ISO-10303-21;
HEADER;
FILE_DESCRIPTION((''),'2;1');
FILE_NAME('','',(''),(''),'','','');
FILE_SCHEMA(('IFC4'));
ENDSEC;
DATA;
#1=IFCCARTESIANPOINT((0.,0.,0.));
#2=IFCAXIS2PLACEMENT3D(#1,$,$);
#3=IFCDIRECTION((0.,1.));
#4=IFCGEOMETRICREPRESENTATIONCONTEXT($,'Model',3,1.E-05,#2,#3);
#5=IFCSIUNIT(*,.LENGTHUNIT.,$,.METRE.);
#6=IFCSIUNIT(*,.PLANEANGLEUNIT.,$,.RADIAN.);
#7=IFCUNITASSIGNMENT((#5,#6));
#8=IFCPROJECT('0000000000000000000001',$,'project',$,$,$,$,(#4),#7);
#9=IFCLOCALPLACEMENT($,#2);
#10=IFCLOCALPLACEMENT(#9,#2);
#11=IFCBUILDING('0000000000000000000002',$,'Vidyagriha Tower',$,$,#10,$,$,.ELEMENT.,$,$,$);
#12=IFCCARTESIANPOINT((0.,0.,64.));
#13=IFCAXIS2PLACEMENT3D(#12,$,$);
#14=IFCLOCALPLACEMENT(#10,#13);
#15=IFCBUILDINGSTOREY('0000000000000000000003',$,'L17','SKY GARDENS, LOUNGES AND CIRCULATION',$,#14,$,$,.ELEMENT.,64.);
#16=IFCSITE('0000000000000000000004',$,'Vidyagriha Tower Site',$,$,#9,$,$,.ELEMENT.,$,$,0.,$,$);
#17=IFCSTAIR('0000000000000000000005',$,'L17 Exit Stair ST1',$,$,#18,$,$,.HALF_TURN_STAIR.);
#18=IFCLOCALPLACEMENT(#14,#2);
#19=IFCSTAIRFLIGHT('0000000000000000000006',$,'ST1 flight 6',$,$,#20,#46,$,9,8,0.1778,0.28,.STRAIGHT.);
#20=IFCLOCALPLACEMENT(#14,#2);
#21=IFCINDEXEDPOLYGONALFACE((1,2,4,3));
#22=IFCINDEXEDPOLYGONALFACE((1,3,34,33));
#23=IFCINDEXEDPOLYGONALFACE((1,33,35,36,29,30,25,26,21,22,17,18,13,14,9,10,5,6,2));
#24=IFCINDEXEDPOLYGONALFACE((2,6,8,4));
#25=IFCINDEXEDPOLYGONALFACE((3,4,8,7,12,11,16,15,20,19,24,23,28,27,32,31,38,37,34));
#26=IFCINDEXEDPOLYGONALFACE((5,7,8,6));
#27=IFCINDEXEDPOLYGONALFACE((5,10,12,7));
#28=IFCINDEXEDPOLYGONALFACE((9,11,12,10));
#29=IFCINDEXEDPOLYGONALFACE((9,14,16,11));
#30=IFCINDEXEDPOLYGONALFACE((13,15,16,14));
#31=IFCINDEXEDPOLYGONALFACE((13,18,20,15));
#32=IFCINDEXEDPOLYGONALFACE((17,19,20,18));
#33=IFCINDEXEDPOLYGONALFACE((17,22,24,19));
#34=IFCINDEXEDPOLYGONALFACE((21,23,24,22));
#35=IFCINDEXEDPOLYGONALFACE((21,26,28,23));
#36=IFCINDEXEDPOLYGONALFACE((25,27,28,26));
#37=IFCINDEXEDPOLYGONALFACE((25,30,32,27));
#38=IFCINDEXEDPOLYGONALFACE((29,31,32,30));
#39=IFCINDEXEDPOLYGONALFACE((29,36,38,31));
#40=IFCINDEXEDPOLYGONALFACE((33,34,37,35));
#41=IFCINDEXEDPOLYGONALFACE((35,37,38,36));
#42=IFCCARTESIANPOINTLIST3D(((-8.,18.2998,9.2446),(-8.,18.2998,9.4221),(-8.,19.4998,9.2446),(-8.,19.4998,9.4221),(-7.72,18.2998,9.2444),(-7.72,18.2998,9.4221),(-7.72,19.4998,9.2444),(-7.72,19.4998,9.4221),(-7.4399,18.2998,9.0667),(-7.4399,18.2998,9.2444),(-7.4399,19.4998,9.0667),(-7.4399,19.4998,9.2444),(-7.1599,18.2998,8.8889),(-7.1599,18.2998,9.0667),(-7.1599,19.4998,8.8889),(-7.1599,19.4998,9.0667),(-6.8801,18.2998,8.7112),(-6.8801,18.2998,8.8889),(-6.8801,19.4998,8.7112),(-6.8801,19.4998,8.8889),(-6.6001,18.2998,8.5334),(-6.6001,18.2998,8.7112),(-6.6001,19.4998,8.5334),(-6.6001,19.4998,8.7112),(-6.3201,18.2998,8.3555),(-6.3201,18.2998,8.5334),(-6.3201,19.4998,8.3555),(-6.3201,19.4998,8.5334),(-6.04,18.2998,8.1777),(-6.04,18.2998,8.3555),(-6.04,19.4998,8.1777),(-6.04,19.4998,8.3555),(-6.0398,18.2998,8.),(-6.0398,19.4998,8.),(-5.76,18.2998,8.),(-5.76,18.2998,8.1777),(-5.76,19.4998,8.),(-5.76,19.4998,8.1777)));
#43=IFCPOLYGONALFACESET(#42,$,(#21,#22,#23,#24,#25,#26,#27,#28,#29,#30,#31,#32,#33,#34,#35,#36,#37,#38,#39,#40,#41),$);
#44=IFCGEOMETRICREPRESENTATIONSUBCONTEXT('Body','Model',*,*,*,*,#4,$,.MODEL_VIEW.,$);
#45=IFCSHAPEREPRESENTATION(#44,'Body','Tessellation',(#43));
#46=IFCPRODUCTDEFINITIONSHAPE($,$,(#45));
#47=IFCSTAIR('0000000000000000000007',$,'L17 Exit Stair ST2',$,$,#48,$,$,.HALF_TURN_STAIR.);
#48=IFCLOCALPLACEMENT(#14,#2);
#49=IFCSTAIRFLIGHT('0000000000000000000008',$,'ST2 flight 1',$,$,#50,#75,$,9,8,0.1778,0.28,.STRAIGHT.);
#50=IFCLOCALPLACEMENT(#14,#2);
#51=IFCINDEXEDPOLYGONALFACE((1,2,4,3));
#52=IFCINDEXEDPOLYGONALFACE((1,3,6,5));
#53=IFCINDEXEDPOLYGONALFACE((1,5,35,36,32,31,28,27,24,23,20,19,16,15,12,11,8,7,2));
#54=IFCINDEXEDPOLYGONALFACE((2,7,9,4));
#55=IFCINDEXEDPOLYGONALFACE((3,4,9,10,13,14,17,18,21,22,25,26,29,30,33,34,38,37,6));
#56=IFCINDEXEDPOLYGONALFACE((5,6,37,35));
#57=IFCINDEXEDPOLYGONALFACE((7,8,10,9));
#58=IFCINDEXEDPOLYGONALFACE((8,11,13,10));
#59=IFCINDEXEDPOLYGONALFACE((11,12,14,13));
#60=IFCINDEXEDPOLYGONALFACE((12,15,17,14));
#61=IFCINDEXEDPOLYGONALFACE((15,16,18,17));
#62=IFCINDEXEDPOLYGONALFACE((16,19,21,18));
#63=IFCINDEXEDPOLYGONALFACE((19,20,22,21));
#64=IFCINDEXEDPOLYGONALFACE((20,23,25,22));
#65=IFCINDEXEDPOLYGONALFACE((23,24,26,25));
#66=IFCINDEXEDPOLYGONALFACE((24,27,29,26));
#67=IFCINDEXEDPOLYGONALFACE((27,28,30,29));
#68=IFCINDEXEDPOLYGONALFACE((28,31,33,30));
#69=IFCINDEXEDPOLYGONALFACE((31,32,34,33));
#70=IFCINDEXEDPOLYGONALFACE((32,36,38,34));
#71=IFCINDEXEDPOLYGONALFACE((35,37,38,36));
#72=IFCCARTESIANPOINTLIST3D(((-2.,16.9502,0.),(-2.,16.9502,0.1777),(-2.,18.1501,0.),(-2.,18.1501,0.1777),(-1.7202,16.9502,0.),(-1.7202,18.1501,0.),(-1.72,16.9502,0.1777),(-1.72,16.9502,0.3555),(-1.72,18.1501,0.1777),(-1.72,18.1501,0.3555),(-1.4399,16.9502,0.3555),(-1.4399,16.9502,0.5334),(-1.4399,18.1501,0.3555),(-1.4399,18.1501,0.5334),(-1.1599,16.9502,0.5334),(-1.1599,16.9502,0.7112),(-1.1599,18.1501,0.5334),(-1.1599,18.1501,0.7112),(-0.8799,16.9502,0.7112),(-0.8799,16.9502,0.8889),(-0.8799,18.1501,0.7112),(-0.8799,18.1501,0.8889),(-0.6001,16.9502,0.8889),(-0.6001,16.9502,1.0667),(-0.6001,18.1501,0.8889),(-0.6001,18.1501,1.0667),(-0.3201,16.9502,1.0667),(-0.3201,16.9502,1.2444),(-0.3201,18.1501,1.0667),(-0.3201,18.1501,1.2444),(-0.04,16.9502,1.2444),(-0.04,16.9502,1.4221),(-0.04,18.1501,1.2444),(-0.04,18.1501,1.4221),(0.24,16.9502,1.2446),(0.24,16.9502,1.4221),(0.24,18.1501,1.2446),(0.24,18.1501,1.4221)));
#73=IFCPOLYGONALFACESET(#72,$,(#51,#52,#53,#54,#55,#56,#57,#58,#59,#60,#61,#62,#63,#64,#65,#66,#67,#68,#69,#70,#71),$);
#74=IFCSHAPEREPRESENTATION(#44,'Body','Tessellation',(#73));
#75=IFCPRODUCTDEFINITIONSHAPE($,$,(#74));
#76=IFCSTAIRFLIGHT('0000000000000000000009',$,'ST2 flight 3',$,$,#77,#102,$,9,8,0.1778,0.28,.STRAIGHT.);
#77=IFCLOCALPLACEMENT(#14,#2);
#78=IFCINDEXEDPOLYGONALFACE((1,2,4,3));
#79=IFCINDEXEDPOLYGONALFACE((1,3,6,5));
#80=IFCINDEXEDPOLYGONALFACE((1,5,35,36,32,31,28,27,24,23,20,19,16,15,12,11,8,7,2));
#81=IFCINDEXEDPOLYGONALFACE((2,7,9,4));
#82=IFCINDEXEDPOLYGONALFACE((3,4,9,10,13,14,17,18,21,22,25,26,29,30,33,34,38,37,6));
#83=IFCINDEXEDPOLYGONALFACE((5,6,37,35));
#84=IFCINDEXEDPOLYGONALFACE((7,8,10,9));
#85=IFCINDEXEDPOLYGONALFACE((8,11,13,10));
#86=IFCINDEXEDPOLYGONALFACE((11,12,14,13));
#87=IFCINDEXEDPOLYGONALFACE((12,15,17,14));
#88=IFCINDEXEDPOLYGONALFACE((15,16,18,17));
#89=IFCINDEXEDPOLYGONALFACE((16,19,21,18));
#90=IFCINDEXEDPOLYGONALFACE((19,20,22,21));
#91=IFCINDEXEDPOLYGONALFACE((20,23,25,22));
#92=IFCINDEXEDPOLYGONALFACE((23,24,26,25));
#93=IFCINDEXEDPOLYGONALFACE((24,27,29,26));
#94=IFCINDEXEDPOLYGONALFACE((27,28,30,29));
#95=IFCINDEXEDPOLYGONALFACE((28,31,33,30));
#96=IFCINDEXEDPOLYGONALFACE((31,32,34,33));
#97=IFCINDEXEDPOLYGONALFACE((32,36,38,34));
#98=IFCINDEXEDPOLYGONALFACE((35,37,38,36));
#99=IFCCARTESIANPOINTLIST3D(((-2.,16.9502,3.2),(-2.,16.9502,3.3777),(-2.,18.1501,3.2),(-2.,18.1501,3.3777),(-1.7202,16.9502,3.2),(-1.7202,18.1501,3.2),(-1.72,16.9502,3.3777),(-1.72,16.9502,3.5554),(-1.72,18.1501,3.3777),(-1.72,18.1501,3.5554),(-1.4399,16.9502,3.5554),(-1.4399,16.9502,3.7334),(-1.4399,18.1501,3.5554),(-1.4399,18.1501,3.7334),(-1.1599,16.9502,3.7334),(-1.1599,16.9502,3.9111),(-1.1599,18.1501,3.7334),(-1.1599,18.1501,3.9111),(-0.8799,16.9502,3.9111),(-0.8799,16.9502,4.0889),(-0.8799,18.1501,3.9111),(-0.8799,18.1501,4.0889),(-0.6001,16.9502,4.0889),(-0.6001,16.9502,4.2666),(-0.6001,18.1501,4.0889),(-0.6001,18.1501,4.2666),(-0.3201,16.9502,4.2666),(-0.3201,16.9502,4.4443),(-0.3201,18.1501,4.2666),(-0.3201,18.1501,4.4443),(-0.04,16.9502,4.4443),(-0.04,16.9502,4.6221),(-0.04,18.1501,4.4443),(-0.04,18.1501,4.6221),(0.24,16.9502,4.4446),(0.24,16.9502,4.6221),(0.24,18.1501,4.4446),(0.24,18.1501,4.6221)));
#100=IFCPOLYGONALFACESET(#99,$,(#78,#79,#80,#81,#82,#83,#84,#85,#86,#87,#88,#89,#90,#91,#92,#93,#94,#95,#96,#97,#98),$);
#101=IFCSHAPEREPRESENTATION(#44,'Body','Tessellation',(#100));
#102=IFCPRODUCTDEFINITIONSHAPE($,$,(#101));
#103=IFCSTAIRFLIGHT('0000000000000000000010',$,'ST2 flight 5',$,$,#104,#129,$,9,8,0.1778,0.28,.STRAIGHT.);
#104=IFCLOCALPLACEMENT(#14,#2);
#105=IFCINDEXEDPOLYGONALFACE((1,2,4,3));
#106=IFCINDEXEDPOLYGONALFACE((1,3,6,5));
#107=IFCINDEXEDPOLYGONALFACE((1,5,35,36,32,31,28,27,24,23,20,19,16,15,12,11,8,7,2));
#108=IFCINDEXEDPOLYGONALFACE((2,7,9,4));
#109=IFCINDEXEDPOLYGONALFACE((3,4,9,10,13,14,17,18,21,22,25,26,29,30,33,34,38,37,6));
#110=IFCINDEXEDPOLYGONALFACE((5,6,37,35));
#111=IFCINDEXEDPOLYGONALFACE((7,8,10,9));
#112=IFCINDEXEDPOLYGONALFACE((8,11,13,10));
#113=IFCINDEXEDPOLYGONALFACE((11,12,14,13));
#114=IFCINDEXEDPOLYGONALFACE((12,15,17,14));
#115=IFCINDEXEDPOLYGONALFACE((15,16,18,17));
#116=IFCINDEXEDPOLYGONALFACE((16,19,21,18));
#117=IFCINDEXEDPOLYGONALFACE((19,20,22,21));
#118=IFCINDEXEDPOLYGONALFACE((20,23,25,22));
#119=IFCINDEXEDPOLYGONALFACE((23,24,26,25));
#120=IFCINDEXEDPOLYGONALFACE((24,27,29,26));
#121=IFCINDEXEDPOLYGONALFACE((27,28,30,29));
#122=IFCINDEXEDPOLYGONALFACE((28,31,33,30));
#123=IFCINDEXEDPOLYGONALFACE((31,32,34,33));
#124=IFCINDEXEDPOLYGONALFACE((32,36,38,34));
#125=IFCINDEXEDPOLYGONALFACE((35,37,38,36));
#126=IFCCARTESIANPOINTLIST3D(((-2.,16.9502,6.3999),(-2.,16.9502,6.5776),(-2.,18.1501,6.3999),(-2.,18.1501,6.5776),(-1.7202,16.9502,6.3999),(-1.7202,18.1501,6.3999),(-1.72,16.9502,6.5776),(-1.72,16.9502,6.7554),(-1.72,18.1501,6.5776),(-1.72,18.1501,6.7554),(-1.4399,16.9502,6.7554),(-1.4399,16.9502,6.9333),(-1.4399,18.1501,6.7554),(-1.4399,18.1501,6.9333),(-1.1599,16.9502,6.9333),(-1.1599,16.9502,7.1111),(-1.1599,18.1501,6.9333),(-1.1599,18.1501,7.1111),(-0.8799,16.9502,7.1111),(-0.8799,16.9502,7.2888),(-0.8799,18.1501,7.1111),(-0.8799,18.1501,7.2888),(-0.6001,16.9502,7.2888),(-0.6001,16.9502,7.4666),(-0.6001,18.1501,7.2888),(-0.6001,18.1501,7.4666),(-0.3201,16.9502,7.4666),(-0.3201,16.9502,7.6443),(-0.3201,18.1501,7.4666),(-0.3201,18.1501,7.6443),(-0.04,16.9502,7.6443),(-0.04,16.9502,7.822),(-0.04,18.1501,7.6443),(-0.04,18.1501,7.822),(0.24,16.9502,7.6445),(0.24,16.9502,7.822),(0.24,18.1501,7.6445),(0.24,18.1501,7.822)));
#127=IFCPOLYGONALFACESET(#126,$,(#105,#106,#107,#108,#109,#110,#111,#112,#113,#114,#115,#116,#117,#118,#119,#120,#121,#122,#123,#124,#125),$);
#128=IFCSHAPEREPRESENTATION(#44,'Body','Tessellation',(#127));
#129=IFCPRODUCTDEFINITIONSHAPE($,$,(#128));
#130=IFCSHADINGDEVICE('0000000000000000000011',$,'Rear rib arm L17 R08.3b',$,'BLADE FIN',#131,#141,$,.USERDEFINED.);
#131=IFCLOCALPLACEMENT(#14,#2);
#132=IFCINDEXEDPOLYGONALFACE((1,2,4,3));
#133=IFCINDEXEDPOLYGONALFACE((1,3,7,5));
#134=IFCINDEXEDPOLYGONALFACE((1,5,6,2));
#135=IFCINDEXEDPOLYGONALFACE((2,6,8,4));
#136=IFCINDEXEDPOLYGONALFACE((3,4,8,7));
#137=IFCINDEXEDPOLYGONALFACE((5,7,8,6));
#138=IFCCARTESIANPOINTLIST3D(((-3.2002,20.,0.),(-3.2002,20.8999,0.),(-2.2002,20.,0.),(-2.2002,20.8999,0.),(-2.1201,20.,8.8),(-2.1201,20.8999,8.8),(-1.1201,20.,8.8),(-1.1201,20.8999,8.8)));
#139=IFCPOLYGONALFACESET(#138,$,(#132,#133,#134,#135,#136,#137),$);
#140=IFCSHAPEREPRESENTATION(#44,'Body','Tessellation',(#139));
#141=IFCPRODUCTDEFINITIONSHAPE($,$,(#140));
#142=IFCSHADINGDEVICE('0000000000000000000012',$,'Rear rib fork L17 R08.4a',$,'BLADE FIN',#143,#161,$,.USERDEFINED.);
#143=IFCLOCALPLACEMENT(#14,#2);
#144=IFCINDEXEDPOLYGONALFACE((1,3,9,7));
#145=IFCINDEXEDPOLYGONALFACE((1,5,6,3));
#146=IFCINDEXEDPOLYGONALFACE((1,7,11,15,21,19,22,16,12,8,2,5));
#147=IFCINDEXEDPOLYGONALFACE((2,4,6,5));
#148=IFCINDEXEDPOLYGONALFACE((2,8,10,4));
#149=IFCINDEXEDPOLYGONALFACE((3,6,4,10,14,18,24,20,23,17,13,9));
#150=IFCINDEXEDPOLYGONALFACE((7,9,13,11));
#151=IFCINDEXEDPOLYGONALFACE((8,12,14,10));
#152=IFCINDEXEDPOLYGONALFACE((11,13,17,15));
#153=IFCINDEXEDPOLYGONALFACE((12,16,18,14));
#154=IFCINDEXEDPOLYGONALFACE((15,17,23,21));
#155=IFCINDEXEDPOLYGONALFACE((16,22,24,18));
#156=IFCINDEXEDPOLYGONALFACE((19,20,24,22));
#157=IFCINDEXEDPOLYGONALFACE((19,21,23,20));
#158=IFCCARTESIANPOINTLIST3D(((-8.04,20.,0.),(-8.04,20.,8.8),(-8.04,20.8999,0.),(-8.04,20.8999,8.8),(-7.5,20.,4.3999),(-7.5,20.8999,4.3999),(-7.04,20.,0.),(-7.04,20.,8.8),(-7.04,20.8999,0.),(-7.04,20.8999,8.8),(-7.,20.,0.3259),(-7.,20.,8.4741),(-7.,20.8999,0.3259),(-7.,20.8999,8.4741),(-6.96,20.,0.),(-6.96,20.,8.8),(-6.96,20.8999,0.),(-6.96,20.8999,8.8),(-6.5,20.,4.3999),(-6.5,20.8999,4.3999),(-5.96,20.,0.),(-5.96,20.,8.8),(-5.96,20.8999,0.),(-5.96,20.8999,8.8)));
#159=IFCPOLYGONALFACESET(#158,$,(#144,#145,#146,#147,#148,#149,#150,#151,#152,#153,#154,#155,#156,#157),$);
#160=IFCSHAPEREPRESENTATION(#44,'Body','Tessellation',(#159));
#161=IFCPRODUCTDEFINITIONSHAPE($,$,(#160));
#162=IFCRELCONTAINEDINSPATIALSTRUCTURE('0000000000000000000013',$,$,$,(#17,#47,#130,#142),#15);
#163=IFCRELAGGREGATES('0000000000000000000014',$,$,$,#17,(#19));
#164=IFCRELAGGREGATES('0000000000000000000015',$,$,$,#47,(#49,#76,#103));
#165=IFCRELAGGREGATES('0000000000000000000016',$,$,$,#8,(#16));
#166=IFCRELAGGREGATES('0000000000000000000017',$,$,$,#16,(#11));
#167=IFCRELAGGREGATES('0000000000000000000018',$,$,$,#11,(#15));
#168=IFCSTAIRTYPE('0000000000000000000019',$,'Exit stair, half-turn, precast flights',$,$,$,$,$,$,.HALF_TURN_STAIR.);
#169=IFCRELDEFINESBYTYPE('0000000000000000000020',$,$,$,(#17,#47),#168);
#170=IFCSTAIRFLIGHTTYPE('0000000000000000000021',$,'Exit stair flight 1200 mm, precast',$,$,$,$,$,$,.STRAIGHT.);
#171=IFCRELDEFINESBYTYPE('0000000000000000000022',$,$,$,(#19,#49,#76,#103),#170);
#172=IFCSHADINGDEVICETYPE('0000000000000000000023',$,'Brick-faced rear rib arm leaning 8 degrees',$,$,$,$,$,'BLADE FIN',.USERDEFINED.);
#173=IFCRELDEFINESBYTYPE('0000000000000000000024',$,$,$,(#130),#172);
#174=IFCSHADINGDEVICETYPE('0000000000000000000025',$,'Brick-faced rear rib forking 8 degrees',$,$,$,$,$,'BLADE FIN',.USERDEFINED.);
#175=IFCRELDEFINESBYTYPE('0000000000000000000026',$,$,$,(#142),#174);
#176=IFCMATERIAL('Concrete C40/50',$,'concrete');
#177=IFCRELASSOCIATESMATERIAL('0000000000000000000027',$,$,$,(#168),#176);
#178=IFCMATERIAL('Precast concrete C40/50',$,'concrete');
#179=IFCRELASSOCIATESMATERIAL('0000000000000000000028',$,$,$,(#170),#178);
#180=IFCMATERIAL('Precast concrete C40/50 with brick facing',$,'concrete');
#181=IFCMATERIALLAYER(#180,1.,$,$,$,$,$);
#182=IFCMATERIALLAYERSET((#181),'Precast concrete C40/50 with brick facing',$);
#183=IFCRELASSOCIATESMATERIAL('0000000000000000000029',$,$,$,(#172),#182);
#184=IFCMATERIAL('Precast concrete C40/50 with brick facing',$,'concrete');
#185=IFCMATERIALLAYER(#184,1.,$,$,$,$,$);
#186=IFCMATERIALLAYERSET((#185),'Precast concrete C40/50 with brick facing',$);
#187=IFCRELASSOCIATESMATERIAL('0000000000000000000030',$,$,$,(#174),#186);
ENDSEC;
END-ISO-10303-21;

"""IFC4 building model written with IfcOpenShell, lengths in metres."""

from ifc_helpers import new_model, si_unit, direction, frame, origin, place, context, subcontext, project, spatial, polyline, outline, extrude, material, layer, layer_set, type_object, element, aggregate, save


model = new_model("IFC4")

# Units and contexts
model_context = context("Model", 3, precision=1e-05, world=origin(), true_north=direction((0.0, 1.0)))
body_context = subcontext(model_context, "Body", "Model", "MODEL_VIEW")
ifc_project = project(units=[si_unit("LENGTHUNIT", "METRE"), si_unit("PLANEANGLEUNIT", "RADIAN")], contexts=[model_context])

# Site, building, storey
site_placement = place(None, origin())
site = spatial("IfcSite", under=ifc_project, at=site_placement, Name="Vidyagriha Tower Site", CompositionType="ELEMENT", RefElevation=0.0)
building_placement = place(site_placement, origin())
building = spatial("IfcBuilding", under=site, at=building_placement, Name="Vidyagriha Tower", CompositionType="ELEMENT")
storey_placement = place(building_placement, frame((0.0, 0.0, 64.0)))
storey = spatial("IfcBuildingStorey", under=building, at=storey_placement, Name="L17", Description="SKY GARDENS, LOUNGES AND CIRCULATION", CompositionType="ELEMENT", Elevation=64.0)

# Stairs, stair flights
ifc_material_1 = material(Name="Concrete C40/50", Category="concrete")
stair_type = type_object("IfcStairType", Name="Exit stair, half-turn, precast flights", PredefinedType="HALF_TURN_STAIR", material=ifc_material_1)
stair_1_placement = place(storey_placement, origin())
stair_1 = element("IfcStair", 1, at=stair_1_placement, inside=storey, type_object=stair_type, Name="L17 Exit Stair ST1", PredefinedType="HALF_TURN_STAIR")
ifc_material_2 = material(Name="Precast concrete C40/50", Category="concrete")
stair_flight_type = type_object("IfcStairFlightType", Name="Exit stair flight 1200 mm, precast", PredefinedType="STRAIGHT", material=ifc_material_2)
stair_flight_1_placement = place(storey_placement, frame((-5.76, 18.8999, 8.0), z_axis=(0.0, 0.0, 1.0), x_axis=(-1.0, 0.0, 0.0)))
stair_flight_1 = element("IfcStairFlight", 2, at=stair_flight_1_placement, type_object=stair_flight_type, Name="ST1 flight 6", NumberOfRisers=9, NumberOfTreads=8, PredefinedType="STRAIGHT", RiserHeight=0.1778, TreadLength=0.28, context=body_context, shape_type="SweptSolid", body=[
    extrude(outline(polyline([(0.0, 0.0), (0.0, 0.1777), (0.28, 0.1777), (0.28, 0.3555), (0.5601, 0.3555), (0.5601, 0.5334), (0.8401, 0.5334), (0.8401, 0.7112), (1.1201, 0.7112), (1.1201, 0.8889), (1.3999, 0.8889), (1.3999, 1.0667), (1.6799, 1.0667), (1.6799, 1.2444), (1.96, 1.2444), (1.96, 1.4221), (2.24, 1.4221), (2.24, 1.6001), (2.24, 1.2446), (0.2798, 0.0), (0.0, 0.0)])), frame((0.0, 0.6001, 0.0), z_axis=(0.0, -1.0, 0.0), x_axis=(1.0, 0.0, 0.0)), (0.0, 0.0, 1.0), 1.2),
])
aggregate(stair_1, [stair_flight_1])
stair_2_placement = place(storey_placement, origin())
stair_2 = element("IfcStair", 3, at=stair_2_placement, inside=storey, type_object=stair_type, Name="L17 Exit Stair ST2", PredefinedType="HALF_TURN_STAIR")
stair_flight_2_placement = place(storey_placement, frame((-2.0, 17.55, 0.0)))
stair_flight_2 = element("IfcStairFlight", 4, at=stair_flight_2_placement, type_object=stair_flight_type, Name="ST2 flight 1", NumberOfRisers=9, NumberOfTreads=8, PredefinedType="STRAIGHT", RiserHeight=0.1778, TreadLength=0.28, context=body_context, shape_type="SweptSolid", body=[
    extrude(outline(polyline([(0.0, 0.0), (0.0, 0.1777), (0.28, 0.1777), (0.28, 0.3555), (0.5601, 0.3555), (0.5601, 0.5334), (0.8401, 0.5334), (0.8401, 0.7112), (1.1201, 0.7112), (1.1201, 0.8889), (1.3999, 0.8889), (1.3999, 1.0667), (1.6799, 1.0667), (1.6799, 1.2444), (1.96, 1.2444), (1.96, 1.4221), (2.24, 1.4221), (2.24, 1.6001), (2.24, 1.2446), (0.2798, 0.0), (0.0, 0.0)])), frame((0.0, 0.6001, 0.0), z_axis=(0.0, -1.0, 0.0), x_axis=(1.0, 0.0, 0.0)), (0.0, 0.0, 1.0), 1.2),
])
stair_flight_3_placement = place(storey_placement, frame((-2.0, 17.55, 3.2)))
stair_flight_3 = element("IfcStairFlight", 5, at=stair_flight_3_placement, type_object=stair_flight_type, Name="ST2 flight 3", NumberOfRisers=9, NumberOfTreads=8, PredefinedType="STRAIGHT", RiserHeight=0.1778, TreadLength=0.28, context=body_context, shape_type="SweptSolid", body=[
    extrude(outline(polyline([(0.0, 0.0), (0.0, 0.1777), (0.28, 0.1777), (0.28, 0.3555), (0.5601, 0.3555), (0.5601, 0.5334), (0.8401, 0.5334), (0.8401, 0.7112), (1.1201, 0.7112), (1.1201, 0.8889), (1.3999, 0.8889), (1.3999, 1.0667), (1.6799, 1.0667), (1.6799, 1.2444), (1.96, 1.2444), (1.96, 1.4221), (2.24, 1.4221), (2.24, 1.6001), (2.24, 1.2446), (0.2798, 0.0), (0.0, 0.0)])), frame((0.0, 0.6001, 0.0), z_axis=(0.0, -1.0, 0.0), x_axis=(1.0, 0.0, 0.0)), (0.0, 0.0, 1.0), 1.2),
])
stair_flight_4_placement = place(storey_placement, frame((-2.0, 17.55, 6.3999)))
stair_flight_4 = element("IfcStairFlight", 6, at=stair_flight_4_placement, type_object=stair_flight_type, Name="ST2 flight 5", NumberOfRisers=9, NumberOfTreads=8, PredefinedType="STRAIGHT", RiserHeight=0.1778, TreadLength=0.28, context=body_context, shape_type="SweptSolid", body=[
    extrude(outline(polyline([(0.0, 0.0), (0.0, 0.1777), (0.28, 0.1777), (0.28, 0.3555), (0.5601, 0.3555), (0.5601, 0.5334), (0.8401, 0.5334), (0.8401, 0.7112), (1.1201, 0.7112), (1.1201, 0.8889), (1.3999, 0.8889), (1.3999, 1.0667), (1.6799, 1.0667), (1.6799, 1.2444), (1.96, 1.2444), (1.96, 1.4221), (2.24, 1.4221), (2.24, 1.6001), (2.24, 1.2446), (0.2798, 0.0), (0.0, 0.0)])), frame((0.0, 0.6001, 0.0), z_axis=(0.0, -1.0, 0.0), x_axis=(1.0, 0.0, 0.0)), (0.0, 0.0, 1.0), 1.2),
])
aggregate(stair_2, [stair_flight_2, stair_flight_3, stair_flight_4])

# Shading devices
ifc_material_3 = material(Name="Precast concrete C40/50 with brick facing", Category="concrete")
ifc_layer_1 = layer(ifc_material_3, 1.0)
ifc_layer_set_1 = layer_set([ifc_layer_1], Name="Precast concrete C40/50 with brick facing")
shading_device_type_1 = type_object("IfcShadingDeviceType", Name="Brick-faced rear rib arm leaning 8 degrees", ElementType="BLADE FIN", PredefinedType="USERDEFINED", material=ifc_layer_set_1)
shading_device_1_placement = place(storey_placement, frame((-1.1201, 20.45, 0.0), z_axis=(0.0, 0.0, 1.0), x_axis=(-1.0, 0.0, 0.0)))
element("IfcShadingDevice", 7, at=shading_device_1_placement, inside=storey, type_object=shading_device_type_1, Name="Rear rib arm L17 R08.3b", ObjectType="BLADE FIN", PredefinedType="USERDEFINED", context=body_context, shape_type="SweptSolid", body=[
    extrude(outline(polyline([(1.0801, 0.0), (2.0801, 0.0), (1.0, 8.8), (0.0, 8.8), (1.0801, 0.0)])), frame((0.0, 0.45, 0.0), z_axis=(0.0, -1.0, 0.0), x_axis=(1.0, 0.0, 0.0)), (0.0, 0.0, 1.0), 0.8999),
])
ifc_material_4 = material(Name="Precast concrete C40/50 with brick facing", Category="concrete")
ifc_layer_2 = layer(ifc_material_4, 1.0)
ifc_layer_set_2 = layer_set([ifc_layer_2], Name="Precast concrete C40/50 with brick facing")
shading_device_type_2 = type_object("IfcShadingDeviceType", Name="Brick-faced rear rib forking 8 degrees", ElementType="BLADE FIN", PredefinedType="USERDEFINED", material=ifc_layer_set_2)
shading_device_2_placement = place(storey_placement, frame((-5.96, 20.45, 0.0), z_axis=(0.0, 0.0, 1.0), x_axis=(-1.0, 0.0, 0.0)))
element("IfcShadingDevice", 8, at=shading_device_2_placement, inside=storey, type_object=shading_device_type_2, Name="Rear rib fork L17 R08.4a", ObjectType="BLADE FIN", PredefinedType="USERDEFINED", context=body_context, shape_type="SweptSolid", body=[
    extrude(outline(polyline([(1.0, 0.0), (1.04, 0.3259), (1.0801, 0.0), (2.0801, 0.0), (1.54, 4.3999), (2.0801, 8.8), (1.0801, 8.8), (1.04, 8.4741), (1.0, 8.8), (0.0, 8.8), (0.54, 4.3999), (0.0, 0.0), (1.0, 0.0)])), frame((0.0, 0.45, 0.0), z_axis=(0.0, -1.0, 0.0), x_axis=(1.0, 0.0, 0.0)), (0.0, 0.0, 1.0), 0.8999),
])

save(model, "model.ifc")
